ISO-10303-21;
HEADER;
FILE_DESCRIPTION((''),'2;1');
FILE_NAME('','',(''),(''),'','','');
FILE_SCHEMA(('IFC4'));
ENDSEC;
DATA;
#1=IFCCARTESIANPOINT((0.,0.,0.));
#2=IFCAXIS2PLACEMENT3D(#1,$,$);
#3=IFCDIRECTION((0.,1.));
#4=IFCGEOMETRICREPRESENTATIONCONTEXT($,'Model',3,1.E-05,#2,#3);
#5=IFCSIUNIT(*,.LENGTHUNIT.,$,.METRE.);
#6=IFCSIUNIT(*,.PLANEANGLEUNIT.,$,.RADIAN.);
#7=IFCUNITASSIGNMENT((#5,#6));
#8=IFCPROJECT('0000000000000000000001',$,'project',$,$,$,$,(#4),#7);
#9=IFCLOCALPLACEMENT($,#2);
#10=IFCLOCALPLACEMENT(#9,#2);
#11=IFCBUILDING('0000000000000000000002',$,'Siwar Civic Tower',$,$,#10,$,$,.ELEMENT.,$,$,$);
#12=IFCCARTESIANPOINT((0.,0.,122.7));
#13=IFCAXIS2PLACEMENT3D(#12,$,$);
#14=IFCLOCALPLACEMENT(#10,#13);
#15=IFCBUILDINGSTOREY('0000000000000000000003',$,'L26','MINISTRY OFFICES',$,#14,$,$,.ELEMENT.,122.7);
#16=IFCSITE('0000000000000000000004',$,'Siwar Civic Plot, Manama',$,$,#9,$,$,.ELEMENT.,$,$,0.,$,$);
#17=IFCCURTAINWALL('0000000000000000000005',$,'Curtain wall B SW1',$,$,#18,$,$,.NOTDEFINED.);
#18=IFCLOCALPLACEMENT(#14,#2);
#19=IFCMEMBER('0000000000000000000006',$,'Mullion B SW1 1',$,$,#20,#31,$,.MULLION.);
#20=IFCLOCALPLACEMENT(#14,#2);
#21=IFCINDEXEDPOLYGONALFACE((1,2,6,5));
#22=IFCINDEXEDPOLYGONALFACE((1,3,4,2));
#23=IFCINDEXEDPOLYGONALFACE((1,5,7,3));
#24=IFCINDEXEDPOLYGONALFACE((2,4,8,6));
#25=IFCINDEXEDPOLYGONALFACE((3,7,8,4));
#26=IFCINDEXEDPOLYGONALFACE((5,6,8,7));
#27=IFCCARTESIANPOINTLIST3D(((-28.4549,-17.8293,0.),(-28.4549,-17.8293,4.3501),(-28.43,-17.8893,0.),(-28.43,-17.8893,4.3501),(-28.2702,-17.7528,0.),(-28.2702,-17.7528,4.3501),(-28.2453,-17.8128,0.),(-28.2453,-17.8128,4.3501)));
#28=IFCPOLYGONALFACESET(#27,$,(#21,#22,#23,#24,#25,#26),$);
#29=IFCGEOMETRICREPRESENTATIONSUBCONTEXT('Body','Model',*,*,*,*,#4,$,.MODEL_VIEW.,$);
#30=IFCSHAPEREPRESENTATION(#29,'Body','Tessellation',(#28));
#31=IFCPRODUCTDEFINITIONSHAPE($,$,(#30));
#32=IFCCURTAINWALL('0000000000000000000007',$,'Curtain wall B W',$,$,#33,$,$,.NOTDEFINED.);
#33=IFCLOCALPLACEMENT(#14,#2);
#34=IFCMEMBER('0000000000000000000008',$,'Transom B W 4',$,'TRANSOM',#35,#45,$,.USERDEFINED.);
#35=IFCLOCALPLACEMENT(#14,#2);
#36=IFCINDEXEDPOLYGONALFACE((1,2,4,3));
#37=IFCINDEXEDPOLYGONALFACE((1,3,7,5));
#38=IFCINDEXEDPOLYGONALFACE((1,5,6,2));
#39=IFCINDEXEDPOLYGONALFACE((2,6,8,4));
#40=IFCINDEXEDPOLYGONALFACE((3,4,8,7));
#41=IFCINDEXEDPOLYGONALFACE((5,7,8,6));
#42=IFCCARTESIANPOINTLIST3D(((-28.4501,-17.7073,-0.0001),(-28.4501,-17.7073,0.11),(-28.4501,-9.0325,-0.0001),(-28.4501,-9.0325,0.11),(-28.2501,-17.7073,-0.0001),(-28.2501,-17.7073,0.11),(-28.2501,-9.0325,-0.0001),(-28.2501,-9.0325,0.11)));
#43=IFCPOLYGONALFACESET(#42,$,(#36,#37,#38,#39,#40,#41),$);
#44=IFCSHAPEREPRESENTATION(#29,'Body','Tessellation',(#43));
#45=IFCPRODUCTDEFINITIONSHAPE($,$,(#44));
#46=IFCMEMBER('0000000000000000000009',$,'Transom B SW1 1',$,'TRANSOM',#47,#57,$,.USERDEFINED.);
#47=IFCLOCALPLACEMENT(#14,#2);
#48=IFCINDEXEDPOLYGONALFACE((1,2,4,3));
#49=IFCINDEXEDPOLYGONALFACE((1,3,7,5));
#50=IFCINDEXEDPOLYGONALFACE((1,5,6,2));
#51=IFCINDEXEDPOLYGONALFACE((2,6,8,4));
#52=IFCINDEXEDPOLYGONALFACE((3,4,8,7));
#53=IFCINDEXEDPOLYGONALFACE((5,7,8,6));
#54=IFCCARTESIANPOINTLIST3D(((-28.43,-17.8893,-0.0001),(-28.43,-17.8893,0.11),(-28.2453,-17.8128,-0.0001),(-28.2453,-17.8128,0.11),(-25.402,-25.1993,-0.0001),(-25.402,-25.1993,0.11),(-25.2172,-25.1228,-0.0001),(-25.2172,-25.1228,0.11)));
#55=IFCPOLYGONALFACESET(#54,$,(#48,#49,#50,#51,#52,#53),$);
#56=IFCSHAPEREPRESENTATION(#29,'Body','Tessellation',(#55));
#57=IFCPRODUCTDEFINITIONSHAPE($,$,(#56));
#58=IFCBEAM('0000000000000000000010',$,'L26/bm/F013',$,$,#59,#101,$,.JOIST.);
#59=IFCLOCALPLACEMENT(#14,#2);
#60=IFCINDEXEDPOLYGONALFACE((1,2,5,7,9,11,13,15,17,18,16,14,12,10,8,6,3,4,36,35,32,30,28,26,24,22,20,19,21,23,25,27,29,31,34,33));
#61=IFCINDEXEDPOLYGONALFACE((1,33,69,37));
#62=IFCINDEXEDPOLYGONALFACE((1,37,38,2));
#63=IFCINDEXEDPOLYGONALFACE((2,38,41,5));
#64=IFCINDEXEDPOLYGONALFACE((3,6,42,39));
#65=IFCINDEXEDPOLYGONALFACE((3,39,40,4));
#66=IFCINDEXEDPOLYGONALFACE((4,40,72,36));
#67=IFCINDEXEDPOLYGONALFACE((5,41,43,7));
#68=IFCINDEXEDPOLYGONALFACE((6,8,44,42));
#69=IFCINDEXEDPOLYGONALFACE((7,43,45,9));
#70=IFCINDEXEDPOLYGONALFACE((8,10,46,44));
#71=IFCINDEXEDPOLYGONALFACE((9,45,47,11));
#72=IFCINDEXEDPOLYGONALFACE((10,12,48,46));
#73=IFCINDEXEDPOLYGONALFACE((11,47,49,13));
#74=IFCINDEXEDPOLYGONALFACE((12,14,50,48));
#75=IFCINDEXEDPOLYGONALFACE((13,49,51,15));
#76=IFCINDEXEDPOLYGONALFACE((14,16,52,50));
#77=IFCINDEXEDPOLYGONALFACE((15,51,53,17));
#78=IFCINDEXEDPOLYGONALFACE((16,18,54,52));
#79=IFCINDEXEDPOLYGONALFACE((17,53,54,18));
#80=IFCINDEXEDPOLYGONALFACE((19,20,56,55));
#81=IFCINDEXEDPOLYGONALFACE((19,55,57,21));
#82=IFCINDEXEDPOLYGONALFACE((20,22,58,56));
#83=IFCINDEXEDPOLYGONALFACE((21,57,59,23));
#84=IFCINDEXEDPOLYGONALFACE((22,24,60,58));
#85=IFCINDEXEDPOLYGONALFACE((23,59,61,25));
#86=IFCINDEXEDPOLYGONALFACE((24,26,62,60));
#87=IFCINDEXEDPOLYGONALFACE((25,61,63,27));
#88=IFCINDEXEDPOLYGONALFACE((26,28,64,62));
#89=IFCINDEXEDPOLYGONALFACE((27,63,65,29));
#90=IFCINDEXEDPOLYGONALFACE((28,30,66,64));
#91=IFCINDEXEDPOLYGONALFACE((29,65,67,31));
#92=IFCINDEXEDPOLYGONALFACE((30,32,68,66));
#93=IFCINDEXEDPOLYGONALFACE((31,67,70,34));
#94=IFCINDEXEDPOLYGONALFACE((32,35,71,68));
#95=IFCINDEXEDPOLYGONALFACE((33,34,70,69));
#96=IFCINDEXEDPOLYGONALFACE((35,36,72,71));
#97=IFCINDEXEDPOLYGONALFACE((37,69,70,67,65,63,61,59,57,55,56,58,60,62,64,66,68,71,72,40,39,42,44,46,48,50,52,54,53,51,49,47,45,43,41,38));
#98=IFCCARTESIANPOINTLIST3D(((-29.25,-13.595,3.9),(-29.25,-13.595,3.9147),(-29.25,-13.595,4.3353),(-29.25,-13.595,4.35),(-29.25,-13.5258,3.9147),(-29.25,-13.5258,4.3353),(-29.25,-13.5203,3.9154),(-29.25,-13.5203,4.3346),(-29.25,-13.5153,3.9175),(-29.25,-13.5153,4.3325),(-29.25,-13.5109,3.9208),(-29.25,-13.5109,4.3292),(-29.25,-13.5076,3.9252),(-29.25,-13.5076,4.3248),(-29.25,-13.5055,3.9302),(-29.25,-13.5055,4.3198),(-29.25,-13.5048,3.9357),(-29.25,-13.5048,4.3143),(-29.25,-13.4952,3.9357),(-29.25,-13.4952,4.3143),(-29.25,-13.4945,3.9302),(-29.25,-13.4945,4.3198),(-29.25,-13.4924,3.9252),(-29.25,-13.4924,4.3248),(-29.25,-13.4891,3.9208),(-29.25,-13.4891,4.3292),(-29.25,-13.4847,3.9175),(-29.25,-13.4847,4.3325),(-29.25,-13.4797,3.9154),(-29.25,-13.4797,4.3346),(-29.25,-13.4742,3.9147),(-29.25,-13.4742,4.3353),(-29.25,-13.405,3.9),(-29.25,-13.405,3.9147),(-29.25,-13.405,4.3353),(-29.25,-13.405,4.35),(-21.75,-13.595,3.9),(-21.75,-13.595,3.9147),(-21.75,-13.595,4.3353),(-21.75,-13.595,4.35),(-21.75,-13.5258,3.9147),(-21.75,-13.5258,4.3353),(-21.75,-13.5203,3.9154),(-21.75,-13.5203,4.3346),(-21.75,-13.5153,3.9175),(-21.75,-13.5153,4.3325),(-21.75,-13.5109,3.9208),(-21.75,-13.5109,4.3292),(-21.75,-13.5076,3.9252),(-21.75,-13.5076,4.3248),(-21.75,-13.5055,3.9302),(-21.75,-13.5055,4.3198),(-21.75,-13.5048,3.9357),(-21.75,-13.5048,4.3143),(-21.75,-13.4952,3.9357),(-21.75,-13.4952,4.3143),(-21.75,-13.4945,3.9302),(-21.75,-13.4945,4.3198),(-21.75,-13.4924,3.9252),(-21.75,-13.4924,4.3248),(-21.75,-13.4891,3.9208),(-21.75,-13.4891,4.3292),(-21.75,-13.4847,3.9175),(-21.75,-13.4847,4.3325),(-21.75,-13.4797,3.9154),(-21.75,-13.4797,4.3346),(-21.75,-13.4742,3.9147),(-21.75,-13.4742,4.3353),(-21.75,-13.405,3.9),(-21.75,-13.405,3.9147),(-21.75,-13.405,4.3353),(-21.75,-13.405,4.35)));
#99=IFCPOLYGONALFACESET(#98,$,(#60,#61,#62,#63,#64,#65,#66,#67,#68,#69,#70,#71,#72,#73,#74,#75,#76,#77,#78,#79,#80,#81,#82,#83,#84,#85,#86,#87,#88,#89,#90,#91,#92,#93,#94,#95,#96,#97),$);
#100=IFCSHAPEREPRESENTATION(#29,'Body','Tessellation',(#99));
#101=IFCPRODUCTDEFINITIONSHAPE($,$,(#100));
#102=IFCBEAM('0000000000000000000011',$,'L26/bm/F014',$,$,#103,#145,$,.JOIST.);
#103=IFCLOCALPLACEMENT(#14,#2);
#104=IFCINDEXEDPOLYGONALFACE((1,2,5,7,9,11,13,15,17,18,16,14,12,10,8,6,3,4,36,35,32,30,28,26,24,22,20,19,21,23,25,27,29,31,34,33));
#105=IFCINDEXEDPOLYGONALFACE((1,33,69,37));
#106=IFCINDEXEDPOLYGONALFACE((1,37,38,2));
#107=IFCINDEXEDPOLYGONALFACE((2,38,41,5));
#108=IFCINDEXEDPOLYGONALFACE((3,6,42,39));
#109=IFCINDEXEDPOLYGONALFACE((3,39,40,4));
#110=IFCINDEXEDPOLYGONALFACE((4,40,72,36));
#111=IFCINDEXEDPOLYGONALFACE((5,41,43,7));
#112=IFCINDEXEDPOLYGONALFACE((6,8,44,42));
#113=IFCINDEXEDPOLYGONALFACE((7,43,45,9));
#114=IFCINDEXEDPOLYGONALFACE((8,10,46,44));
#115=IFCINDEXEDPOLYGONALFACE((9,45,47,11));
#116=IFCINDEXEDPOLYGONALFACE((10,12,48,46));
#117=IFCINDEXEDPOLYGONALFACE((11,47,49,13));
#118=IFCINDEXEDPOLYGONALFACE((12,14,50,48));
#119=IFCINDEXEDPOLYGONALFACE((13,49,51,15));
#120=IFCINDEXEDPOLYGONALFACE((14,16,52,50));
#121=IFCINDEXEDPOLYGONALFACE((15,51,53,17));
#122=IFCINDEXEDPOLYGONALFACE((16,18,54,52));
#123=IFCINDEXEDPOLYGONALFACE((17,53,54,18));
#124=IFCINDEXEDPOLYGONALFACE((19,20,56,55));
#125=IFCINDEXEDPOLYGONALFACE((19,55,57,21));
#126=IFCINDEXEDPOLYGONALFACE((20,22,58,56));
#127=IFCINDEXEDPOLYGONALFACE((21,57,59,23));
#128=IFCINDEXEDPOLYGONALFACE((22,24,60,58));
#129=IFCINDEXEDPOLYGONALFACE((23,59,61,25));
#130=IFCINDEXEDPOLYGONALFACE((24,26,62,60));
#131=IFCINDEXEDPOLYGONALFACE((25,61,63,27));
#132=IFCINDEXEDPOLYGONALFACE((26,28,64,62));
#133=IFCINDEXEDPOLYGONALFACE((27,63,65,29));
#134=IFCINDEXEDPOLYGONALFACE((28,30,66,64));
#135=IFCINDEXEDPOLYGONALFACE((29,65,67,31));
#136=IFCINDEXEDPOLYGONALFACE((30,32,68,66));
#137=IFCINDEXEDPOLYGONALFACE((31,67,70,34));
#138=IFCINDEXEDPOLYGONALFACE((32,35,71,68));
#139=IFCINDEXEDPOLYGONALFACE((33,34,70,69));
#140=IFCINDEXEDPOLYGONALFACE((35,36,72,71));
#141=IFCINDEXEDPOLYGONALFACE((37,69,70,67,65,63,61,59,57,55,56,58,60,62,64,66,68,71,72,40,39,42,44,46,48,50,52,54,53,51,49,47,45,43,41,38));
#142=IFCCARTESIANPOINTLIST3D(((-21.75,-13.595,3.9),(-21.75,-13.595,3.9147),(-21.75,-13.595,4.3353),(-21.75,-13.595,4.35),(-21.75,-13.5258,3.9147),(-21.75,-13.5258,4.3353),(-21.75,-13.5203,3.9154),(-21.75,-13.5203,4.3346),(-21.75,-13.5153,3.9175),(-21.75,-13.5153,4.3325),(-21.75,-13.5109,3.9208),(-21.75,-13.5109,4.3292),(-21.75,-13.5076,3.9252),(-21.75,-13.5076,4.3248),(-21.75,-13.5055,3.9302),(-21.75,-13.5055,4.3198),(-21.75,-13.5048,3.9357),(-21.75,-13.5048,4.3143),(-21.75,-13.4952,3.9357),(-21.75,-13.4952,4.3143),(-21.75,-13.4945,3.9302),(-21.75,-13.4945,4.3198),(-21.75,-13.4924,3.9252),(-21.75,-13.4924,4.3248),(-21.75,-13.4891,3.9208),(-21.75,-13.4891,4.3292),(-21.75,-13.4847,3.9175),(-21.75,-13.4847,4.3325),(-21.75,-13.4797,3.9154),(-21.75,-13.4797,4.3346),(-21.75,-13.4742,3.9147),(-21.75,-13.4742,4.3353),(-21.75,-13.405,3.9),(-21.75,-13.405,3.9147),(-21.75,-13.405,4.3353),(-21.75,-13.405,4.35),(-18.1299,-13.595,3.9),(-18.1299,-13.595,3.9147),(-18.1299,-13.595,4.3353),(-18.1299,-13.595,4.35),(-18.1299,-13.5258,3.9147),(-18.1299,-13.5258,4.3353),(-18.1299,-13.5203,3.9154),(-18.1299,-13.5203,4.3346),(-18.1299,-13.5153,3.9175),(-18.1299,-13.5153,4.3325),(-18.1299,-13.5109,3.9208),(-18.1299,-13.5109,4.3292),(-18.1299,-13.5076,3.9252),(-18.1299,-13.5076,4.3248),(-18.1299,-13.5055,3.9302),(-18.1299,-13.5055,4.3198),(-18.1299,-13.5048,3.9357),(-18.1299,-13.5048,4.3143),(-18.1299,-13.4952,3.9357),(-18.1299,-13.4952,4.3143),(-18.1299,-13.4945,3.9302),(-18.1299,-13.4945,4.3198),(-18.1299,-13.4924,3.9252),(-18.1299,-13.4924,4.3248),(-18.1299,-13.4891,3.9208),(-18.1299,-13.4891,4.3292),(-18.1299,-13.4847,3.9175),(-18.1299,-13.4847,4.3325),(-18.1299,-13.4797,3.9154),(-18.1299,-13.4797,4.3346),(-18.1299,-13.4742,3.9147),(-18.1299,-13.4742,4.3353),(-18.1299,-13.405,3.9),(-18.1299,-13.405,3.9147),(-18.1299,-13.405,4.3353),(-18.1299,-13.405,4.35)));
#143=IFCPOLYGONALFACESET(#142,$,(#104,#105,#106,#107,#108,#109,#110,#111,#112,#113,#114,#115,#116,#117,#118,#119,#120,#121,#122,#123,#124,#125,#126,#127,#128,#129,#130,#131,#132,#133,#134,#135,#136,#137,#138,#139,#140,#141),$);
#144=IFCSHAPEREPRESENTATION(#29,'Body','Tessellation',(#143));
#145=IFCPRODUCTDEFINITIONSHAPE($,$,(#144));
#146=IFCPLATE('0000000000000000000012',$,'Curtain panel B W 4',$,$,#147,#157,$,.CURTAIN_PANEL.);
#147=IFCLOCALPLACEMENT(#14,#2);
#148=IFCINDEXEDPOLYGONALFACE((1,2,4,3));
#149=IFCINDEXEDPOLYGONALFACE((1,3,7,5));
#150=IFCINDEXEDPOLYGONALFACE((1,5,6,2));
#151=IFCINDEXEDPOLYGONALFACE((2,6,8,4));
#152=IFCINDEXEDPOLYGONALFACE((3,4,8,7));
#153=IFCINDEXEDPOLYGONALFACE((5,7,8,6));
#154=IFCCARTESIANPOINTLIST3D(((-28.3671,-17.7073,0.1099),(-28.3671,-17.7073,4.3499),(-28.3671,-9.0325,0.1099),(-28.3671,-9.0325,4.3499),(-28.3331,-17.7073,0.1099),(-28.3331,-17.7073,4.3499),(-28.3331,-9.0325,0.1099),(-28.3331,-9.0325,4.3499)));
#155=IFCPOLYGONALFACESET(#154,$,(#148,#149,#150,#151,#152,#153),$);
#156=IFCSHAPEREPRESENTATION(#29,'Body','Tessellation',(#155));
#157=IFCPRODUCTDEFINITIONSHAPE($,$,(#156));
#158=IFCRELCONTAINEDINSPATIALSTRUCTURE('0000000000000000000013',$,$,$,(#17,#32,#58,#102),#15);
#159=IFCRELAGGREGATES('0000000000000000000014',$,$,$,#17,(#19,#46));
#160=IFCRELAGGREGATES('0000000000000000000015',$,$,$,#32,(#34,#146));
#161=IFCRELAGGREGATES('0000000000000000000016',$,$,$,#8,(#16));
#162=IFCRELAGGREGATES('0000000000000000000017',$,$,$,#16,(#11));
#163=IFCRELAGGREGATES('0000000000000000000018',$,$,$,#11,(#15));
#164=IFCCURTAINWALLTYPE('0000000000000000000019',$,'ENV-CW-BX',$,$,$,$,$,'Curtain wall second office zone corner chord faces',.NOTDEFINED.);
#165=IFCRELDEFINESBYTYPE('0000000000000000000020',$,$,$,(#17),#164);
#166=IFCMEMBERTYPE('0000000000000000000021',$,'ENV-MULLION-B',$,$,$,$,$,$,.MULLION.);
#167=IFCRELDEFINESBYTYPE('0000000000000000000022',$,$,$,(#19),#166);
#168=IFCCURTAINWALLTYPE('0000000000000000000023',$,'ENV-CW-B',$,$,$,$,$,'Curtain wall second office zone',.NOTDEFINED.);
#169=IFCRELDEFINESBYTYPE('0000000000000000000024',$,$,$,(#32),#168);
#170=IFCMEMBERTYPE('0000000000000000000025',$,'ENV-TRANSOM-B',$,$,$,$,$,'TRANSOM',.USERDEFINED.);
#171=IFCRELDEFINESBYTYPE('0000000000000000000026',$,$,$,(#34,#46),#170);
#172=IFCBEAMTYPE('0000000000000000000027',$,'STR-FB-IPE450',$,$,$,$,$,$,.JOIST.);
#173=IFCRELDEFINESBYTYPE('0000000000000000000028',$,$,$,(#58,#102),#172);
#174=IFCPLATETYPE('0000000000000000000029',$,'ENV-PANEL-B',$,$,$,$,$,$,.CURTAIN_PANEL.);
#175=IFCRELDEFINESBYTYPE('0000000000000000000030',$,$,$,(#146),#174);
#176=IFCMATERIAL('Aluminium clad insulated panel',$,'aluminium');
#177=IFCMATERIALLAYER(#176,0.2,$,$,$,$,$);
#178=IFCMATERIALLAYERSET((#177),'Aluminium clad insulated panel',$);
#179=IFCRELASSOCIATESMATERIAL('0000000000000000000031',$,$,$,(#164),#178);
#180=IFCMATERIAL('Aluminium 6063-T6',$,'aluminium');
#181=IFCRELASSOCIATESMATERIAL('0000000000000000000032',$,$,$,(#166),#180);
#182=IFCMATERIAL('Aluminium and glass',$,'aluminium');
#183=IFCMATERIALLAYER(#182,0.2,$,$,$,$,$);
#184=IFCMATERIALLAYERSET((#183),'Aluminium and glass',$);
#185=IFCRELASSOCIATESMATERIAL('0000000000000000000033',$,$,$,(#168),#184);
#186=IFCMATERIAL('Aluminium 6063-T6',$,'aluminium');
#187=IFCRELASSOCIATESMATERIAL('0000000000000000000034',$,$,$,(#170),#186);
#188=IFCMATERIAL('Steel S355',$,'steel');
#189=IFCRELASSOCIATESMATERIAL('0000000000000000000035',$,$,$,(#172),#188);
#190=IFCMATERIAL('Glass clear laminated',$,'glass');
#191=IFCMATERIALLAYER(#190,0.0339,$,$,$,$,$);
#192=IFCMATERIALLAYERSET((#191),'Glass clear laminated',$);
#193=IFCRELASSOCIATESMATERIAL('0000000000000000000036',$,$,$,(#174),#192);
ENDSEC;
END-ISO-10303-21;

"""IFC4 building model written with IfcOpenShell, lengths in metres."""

from ifc_helpers import new_model, si_unit, direction, frame, origin, origin_2d, place, context, subcontext, project, spatial, rectangle, i_section, extrude, material, layer, layer_set, material_profile, profile_set, type_object, element, aggregate, save


model = new_model("IFC4")

# Units and contexts
model_context = context("Model", 3, precision=1e-05, world=origin(), true_north=direction((0.0, 1.0)))
body_context = subcontext(model_context, "Body", "Model", "MODEL_VIEW")
ifc_project = project(units=[si_unit("LENGTHUNIT", "METRE"), si_unit("PLANEANGLEUNIT", "RADIAN")], contexts=[model_context])

# Site, building, storey
site_placement = place(None, origin())
site = spatial("IfcSite", under=ifc_project, at=site_placement, Name="Siwar Civic Plot, Manama", CompositionType="ELEMENT", RefElevation=0.0)
building_placement = place(site_placement, origin())
building = spatial("IfcBuilding", under=site, at=building_placement, Name="Siwar Civic Tower", CompositionType="ELEMENT")
storey_placement = place(building_placement, frame((0.0, 0.0, 122.7)))
storey = spatial("IfcBuildingStorey", under=building, at=storey_placement, Name="L26", Description="MINISTRY OFFICES", CompositionType="ELEMENT", Elevation=122.7)

# Curtain walls, members
ifc_material_1 = material(Name="Aluminium clad insulated panel", Category="aluminium")
ifc_layer_1 = layer(ifc_material_1, 0.2)
ifc_layer_set_1 = layer_set([ifc_layer_1], Name="Aluminium clad insulated panel")
curtain_wall_type_1 = type_object("IfcCurtainWallType", Name="ENV-CW-BX", ElementType="Curtain wall second office zone corner chord faces", PredefinedType="NOTDEFINED", material=ifc_layer_set_1)
curtain_wall_1_placement = place(storey_placement, origin())
curtain_wall_1 = element("IfcCurtainWall", 1, at=curtain_wall_1_placement, inside=storey, type_object=curtain_wall_type_1, Name="Curtain wall B SW1", PredefinedType="NOTDEFINED")
ifc_material_2 = material(Name="Aluminium 6063-T6", Category="aluminium")
ifc_material_profile_1 = material_profile(ifc_material_2, rectangle(XDim=0.2, YDim=0.0649, at=origin_2d()), Name="AL 200x65")
ifc_profile_set_1 = profile_set([ifc_material_profile_1], Name="Aluminium 6063-T6")
member_type_1 = type_object("IfcMemberType", Name="ENV-MULLION-B", PredefinedType="MULLION", material=ifc_profile_set_1)
member_1_placement = place(storey_placement, frame((-28.3501, -17.821, 0.0), z_axis=(0.0, 0.0, 1.0), x_axis=(0.92388, 0.382683, 0.0)))
member_1 = element("IfcMember", 2, at=member_1_placement, type_object=member_type_1, Name="Mullion B SW1 1", PredefinedType="MULLION", context=body_context, shape_type="SweptSolid", body=[
    extrude(rectangle(XDim=0.2, YDim=0.0649, at=origin_2d()), origin(), (0.0, 0.0, 1.0), 4.3501),
])
ifc_material_3 = material(Name="Aluminium and glass", Category="aluminium")
ifc_layer_2 = layer(ifc_material_3, 0.2)
ifc_layer_set_2 = layer_set([ifc_layer_2], Name="Aluminium and glass")
curtain_wall_type_2 = type_object("IfcCurtainWallType", Name="ENV-CW-B", ElementType="Curtain wall second office zone", PredefinedType="NOTDEFINED", material=ifc_layer_set_2)
curtain_wall_2_placement = place(storey_placement, origin())
curtain_wall_2 = element("IfcCurtainWall", 3, at=curtain_wall_2_placement, inside=storey, type_object=curtain_wall_type_2, Name="Curtain wall B W", PredefinedType="NOTDEFINED")
ifc_material_4 = material(Name="Aluminium 6063-T6", Category="aluminium")
ifc_material_profile_2 = material_profile(ifc_material_4, rectangle(XDim=0.2, YDim=0.1101, at=origin_2d()), Name="AL 200x110")
ifc_profile_set_2 = profile_set([ifc_material_profile_2], Name="Aluminium 6063-T6")
member_type_2 = type_object("IfcMemberType", Name="ENV-TRANSOM-B", ElementType="TRANSOM", PredefinedType="USERDEFINED", material=ifc_profile_set_2)
member_2_placement = place(storey_placement, frame((-28.3501, -9.0325, 0.0549), z_axis=(0.0, -1.0, 0.0), x_axis=(1.0, 0.0, 0.0)))
member_2 = element("IfcMember", 4, at=member_2_placement, type_object=member_type_2, Name="Transom B W 4", ObjectType="TRANSOM", PredefinedType="USERDEFINED", context=body_context, shape_type="SweptSolid", body=[
    extrude(rectangle(XDim=0.2, YDim=0.1101, at=origin_2d()), origin(), (0.0, 0.0, 1.0), 8.6748),
])

# Member
member_3_placement = place(storey_placement, frame((-28.3376, -17.8511, 0.0549), z_axis=(0.3827, -0.923873, 0.0), x_axis=(0.923873, 0.3827, 0.0)))
member_3 = element("IfcMember", 5, at=member_3_placement, type_object=member_type_2, Name="Transom B SW1 1", ObjectType="TRANSOM", PredefinedType="USERDEFINED", context=body_context, shape_type="SweptSolid", body=[
    extrude(rectangle(XDim=0.2, YDim=0.1101, at=origin_2d()), origin(), (0.0, 0.0, 1.0), 7.9124),
])
aggregate(curtain_wall_1, [member_1, member_3])

# Beams
ifc_material_5 = material(Name="Steel S355", Category="steel")
ifc_material_profile_3 = material_profile(ifc_material_5, i_section(OverallWidth=0.1899, OverallDepth=0.45, WebThickness=0.0095, FlangeThickness=0.0146, FilletRadius=0.021, at=origin_2d()), Name="IPE450")
ifc_profile_set_3 = profile_set([ifc_material_profile_3], Name="Steel S355")
beam_type = type_object("IfcBeamType", Name="STR-FB-IPE450", PredefinedType="JOIST", material=ifc_profile_set_3)
beam_1_placement = place(storey_placement, frame((-29.25, -13.5, 4.125), z_axis=(1.0, 0.0, 0.0), x_axis=(0.0, 1.0, 0.0)))
element("IfcBeam", 6, at=beam_1_placement, inside=storey, type_object=beam_type, Name="L26/bm/F013", PredefinedType="JOIST", context=body_context, shape_type="SweptSolid", body=[
    extrude(i_section(OverallWidth=0.1899, OverallDepth=0.45, WebThickness=0.0095, FlangeThickness=0.0146, FilletRadius=0.021, at=origin_2d()), origin(), (0.0, 0.0, 1.0), 7.5),
])
beam_2_placement = place(storey_placement, frame((-21.75, -13.5, 4.125), z_axis=(1.0, 0.0, 0.0), x_axis=(0.0, 1.0, 0.0)))
element("IfcBeam", 7, at=beam_2_placement, inside=storey, type_object=beam_type, Name="L26/bm/F014", PredefinedType="JOIST", context=body_context, shape_type="SweptSolid", body=[
    extrude(i_section(OverallWidth=0.1899, OverallDepth=0.45, WebThickness=0.0095, FlangeThickness=0.0146, FilletRadius=0.021, at=origin_2d()), origin(), (0.0, 0.0, 1.0), 3.6201),
])

# Plate
ifc_material_6 = material(Name="Glass clear laminated", Category="glass")
ifc_layer_3 = layer(ifc_material_6, 0.0339)
ifc_layer_set_3 = layer_set([ifc_layer_3], Name="Glass clear laminated")
plate_type = type_object("IfcPlateType", Name="ENV-PANEL-B", PredefinedType="CURTAIN_PANEL", material=ifc_layer_set_3)
plate_placement = place(storey_placement, frame((-28.3501, -13.3699, 0.1099), z_axis=(0.0, 0.0, 1.0), x_axis=(0.0, -1.0, 0.0)))
plate = element("IfcPlate", 8, at=plate_placement, type_object=plate_type, Name="Curtain panel B W 4", PredefinedType="CURTAIN_PANEL", context=body_context, shape_type="SweptSolid", body=[
    extrude(rectangle(XDim=8.6748, YDim=0.0339, at=origin_2d()), origin(), (0.0, 0.0, 1.0), 4.24),
])
aggregate(curtain_wall_2, [member_2, plate])

save(model, "model.ifc")
